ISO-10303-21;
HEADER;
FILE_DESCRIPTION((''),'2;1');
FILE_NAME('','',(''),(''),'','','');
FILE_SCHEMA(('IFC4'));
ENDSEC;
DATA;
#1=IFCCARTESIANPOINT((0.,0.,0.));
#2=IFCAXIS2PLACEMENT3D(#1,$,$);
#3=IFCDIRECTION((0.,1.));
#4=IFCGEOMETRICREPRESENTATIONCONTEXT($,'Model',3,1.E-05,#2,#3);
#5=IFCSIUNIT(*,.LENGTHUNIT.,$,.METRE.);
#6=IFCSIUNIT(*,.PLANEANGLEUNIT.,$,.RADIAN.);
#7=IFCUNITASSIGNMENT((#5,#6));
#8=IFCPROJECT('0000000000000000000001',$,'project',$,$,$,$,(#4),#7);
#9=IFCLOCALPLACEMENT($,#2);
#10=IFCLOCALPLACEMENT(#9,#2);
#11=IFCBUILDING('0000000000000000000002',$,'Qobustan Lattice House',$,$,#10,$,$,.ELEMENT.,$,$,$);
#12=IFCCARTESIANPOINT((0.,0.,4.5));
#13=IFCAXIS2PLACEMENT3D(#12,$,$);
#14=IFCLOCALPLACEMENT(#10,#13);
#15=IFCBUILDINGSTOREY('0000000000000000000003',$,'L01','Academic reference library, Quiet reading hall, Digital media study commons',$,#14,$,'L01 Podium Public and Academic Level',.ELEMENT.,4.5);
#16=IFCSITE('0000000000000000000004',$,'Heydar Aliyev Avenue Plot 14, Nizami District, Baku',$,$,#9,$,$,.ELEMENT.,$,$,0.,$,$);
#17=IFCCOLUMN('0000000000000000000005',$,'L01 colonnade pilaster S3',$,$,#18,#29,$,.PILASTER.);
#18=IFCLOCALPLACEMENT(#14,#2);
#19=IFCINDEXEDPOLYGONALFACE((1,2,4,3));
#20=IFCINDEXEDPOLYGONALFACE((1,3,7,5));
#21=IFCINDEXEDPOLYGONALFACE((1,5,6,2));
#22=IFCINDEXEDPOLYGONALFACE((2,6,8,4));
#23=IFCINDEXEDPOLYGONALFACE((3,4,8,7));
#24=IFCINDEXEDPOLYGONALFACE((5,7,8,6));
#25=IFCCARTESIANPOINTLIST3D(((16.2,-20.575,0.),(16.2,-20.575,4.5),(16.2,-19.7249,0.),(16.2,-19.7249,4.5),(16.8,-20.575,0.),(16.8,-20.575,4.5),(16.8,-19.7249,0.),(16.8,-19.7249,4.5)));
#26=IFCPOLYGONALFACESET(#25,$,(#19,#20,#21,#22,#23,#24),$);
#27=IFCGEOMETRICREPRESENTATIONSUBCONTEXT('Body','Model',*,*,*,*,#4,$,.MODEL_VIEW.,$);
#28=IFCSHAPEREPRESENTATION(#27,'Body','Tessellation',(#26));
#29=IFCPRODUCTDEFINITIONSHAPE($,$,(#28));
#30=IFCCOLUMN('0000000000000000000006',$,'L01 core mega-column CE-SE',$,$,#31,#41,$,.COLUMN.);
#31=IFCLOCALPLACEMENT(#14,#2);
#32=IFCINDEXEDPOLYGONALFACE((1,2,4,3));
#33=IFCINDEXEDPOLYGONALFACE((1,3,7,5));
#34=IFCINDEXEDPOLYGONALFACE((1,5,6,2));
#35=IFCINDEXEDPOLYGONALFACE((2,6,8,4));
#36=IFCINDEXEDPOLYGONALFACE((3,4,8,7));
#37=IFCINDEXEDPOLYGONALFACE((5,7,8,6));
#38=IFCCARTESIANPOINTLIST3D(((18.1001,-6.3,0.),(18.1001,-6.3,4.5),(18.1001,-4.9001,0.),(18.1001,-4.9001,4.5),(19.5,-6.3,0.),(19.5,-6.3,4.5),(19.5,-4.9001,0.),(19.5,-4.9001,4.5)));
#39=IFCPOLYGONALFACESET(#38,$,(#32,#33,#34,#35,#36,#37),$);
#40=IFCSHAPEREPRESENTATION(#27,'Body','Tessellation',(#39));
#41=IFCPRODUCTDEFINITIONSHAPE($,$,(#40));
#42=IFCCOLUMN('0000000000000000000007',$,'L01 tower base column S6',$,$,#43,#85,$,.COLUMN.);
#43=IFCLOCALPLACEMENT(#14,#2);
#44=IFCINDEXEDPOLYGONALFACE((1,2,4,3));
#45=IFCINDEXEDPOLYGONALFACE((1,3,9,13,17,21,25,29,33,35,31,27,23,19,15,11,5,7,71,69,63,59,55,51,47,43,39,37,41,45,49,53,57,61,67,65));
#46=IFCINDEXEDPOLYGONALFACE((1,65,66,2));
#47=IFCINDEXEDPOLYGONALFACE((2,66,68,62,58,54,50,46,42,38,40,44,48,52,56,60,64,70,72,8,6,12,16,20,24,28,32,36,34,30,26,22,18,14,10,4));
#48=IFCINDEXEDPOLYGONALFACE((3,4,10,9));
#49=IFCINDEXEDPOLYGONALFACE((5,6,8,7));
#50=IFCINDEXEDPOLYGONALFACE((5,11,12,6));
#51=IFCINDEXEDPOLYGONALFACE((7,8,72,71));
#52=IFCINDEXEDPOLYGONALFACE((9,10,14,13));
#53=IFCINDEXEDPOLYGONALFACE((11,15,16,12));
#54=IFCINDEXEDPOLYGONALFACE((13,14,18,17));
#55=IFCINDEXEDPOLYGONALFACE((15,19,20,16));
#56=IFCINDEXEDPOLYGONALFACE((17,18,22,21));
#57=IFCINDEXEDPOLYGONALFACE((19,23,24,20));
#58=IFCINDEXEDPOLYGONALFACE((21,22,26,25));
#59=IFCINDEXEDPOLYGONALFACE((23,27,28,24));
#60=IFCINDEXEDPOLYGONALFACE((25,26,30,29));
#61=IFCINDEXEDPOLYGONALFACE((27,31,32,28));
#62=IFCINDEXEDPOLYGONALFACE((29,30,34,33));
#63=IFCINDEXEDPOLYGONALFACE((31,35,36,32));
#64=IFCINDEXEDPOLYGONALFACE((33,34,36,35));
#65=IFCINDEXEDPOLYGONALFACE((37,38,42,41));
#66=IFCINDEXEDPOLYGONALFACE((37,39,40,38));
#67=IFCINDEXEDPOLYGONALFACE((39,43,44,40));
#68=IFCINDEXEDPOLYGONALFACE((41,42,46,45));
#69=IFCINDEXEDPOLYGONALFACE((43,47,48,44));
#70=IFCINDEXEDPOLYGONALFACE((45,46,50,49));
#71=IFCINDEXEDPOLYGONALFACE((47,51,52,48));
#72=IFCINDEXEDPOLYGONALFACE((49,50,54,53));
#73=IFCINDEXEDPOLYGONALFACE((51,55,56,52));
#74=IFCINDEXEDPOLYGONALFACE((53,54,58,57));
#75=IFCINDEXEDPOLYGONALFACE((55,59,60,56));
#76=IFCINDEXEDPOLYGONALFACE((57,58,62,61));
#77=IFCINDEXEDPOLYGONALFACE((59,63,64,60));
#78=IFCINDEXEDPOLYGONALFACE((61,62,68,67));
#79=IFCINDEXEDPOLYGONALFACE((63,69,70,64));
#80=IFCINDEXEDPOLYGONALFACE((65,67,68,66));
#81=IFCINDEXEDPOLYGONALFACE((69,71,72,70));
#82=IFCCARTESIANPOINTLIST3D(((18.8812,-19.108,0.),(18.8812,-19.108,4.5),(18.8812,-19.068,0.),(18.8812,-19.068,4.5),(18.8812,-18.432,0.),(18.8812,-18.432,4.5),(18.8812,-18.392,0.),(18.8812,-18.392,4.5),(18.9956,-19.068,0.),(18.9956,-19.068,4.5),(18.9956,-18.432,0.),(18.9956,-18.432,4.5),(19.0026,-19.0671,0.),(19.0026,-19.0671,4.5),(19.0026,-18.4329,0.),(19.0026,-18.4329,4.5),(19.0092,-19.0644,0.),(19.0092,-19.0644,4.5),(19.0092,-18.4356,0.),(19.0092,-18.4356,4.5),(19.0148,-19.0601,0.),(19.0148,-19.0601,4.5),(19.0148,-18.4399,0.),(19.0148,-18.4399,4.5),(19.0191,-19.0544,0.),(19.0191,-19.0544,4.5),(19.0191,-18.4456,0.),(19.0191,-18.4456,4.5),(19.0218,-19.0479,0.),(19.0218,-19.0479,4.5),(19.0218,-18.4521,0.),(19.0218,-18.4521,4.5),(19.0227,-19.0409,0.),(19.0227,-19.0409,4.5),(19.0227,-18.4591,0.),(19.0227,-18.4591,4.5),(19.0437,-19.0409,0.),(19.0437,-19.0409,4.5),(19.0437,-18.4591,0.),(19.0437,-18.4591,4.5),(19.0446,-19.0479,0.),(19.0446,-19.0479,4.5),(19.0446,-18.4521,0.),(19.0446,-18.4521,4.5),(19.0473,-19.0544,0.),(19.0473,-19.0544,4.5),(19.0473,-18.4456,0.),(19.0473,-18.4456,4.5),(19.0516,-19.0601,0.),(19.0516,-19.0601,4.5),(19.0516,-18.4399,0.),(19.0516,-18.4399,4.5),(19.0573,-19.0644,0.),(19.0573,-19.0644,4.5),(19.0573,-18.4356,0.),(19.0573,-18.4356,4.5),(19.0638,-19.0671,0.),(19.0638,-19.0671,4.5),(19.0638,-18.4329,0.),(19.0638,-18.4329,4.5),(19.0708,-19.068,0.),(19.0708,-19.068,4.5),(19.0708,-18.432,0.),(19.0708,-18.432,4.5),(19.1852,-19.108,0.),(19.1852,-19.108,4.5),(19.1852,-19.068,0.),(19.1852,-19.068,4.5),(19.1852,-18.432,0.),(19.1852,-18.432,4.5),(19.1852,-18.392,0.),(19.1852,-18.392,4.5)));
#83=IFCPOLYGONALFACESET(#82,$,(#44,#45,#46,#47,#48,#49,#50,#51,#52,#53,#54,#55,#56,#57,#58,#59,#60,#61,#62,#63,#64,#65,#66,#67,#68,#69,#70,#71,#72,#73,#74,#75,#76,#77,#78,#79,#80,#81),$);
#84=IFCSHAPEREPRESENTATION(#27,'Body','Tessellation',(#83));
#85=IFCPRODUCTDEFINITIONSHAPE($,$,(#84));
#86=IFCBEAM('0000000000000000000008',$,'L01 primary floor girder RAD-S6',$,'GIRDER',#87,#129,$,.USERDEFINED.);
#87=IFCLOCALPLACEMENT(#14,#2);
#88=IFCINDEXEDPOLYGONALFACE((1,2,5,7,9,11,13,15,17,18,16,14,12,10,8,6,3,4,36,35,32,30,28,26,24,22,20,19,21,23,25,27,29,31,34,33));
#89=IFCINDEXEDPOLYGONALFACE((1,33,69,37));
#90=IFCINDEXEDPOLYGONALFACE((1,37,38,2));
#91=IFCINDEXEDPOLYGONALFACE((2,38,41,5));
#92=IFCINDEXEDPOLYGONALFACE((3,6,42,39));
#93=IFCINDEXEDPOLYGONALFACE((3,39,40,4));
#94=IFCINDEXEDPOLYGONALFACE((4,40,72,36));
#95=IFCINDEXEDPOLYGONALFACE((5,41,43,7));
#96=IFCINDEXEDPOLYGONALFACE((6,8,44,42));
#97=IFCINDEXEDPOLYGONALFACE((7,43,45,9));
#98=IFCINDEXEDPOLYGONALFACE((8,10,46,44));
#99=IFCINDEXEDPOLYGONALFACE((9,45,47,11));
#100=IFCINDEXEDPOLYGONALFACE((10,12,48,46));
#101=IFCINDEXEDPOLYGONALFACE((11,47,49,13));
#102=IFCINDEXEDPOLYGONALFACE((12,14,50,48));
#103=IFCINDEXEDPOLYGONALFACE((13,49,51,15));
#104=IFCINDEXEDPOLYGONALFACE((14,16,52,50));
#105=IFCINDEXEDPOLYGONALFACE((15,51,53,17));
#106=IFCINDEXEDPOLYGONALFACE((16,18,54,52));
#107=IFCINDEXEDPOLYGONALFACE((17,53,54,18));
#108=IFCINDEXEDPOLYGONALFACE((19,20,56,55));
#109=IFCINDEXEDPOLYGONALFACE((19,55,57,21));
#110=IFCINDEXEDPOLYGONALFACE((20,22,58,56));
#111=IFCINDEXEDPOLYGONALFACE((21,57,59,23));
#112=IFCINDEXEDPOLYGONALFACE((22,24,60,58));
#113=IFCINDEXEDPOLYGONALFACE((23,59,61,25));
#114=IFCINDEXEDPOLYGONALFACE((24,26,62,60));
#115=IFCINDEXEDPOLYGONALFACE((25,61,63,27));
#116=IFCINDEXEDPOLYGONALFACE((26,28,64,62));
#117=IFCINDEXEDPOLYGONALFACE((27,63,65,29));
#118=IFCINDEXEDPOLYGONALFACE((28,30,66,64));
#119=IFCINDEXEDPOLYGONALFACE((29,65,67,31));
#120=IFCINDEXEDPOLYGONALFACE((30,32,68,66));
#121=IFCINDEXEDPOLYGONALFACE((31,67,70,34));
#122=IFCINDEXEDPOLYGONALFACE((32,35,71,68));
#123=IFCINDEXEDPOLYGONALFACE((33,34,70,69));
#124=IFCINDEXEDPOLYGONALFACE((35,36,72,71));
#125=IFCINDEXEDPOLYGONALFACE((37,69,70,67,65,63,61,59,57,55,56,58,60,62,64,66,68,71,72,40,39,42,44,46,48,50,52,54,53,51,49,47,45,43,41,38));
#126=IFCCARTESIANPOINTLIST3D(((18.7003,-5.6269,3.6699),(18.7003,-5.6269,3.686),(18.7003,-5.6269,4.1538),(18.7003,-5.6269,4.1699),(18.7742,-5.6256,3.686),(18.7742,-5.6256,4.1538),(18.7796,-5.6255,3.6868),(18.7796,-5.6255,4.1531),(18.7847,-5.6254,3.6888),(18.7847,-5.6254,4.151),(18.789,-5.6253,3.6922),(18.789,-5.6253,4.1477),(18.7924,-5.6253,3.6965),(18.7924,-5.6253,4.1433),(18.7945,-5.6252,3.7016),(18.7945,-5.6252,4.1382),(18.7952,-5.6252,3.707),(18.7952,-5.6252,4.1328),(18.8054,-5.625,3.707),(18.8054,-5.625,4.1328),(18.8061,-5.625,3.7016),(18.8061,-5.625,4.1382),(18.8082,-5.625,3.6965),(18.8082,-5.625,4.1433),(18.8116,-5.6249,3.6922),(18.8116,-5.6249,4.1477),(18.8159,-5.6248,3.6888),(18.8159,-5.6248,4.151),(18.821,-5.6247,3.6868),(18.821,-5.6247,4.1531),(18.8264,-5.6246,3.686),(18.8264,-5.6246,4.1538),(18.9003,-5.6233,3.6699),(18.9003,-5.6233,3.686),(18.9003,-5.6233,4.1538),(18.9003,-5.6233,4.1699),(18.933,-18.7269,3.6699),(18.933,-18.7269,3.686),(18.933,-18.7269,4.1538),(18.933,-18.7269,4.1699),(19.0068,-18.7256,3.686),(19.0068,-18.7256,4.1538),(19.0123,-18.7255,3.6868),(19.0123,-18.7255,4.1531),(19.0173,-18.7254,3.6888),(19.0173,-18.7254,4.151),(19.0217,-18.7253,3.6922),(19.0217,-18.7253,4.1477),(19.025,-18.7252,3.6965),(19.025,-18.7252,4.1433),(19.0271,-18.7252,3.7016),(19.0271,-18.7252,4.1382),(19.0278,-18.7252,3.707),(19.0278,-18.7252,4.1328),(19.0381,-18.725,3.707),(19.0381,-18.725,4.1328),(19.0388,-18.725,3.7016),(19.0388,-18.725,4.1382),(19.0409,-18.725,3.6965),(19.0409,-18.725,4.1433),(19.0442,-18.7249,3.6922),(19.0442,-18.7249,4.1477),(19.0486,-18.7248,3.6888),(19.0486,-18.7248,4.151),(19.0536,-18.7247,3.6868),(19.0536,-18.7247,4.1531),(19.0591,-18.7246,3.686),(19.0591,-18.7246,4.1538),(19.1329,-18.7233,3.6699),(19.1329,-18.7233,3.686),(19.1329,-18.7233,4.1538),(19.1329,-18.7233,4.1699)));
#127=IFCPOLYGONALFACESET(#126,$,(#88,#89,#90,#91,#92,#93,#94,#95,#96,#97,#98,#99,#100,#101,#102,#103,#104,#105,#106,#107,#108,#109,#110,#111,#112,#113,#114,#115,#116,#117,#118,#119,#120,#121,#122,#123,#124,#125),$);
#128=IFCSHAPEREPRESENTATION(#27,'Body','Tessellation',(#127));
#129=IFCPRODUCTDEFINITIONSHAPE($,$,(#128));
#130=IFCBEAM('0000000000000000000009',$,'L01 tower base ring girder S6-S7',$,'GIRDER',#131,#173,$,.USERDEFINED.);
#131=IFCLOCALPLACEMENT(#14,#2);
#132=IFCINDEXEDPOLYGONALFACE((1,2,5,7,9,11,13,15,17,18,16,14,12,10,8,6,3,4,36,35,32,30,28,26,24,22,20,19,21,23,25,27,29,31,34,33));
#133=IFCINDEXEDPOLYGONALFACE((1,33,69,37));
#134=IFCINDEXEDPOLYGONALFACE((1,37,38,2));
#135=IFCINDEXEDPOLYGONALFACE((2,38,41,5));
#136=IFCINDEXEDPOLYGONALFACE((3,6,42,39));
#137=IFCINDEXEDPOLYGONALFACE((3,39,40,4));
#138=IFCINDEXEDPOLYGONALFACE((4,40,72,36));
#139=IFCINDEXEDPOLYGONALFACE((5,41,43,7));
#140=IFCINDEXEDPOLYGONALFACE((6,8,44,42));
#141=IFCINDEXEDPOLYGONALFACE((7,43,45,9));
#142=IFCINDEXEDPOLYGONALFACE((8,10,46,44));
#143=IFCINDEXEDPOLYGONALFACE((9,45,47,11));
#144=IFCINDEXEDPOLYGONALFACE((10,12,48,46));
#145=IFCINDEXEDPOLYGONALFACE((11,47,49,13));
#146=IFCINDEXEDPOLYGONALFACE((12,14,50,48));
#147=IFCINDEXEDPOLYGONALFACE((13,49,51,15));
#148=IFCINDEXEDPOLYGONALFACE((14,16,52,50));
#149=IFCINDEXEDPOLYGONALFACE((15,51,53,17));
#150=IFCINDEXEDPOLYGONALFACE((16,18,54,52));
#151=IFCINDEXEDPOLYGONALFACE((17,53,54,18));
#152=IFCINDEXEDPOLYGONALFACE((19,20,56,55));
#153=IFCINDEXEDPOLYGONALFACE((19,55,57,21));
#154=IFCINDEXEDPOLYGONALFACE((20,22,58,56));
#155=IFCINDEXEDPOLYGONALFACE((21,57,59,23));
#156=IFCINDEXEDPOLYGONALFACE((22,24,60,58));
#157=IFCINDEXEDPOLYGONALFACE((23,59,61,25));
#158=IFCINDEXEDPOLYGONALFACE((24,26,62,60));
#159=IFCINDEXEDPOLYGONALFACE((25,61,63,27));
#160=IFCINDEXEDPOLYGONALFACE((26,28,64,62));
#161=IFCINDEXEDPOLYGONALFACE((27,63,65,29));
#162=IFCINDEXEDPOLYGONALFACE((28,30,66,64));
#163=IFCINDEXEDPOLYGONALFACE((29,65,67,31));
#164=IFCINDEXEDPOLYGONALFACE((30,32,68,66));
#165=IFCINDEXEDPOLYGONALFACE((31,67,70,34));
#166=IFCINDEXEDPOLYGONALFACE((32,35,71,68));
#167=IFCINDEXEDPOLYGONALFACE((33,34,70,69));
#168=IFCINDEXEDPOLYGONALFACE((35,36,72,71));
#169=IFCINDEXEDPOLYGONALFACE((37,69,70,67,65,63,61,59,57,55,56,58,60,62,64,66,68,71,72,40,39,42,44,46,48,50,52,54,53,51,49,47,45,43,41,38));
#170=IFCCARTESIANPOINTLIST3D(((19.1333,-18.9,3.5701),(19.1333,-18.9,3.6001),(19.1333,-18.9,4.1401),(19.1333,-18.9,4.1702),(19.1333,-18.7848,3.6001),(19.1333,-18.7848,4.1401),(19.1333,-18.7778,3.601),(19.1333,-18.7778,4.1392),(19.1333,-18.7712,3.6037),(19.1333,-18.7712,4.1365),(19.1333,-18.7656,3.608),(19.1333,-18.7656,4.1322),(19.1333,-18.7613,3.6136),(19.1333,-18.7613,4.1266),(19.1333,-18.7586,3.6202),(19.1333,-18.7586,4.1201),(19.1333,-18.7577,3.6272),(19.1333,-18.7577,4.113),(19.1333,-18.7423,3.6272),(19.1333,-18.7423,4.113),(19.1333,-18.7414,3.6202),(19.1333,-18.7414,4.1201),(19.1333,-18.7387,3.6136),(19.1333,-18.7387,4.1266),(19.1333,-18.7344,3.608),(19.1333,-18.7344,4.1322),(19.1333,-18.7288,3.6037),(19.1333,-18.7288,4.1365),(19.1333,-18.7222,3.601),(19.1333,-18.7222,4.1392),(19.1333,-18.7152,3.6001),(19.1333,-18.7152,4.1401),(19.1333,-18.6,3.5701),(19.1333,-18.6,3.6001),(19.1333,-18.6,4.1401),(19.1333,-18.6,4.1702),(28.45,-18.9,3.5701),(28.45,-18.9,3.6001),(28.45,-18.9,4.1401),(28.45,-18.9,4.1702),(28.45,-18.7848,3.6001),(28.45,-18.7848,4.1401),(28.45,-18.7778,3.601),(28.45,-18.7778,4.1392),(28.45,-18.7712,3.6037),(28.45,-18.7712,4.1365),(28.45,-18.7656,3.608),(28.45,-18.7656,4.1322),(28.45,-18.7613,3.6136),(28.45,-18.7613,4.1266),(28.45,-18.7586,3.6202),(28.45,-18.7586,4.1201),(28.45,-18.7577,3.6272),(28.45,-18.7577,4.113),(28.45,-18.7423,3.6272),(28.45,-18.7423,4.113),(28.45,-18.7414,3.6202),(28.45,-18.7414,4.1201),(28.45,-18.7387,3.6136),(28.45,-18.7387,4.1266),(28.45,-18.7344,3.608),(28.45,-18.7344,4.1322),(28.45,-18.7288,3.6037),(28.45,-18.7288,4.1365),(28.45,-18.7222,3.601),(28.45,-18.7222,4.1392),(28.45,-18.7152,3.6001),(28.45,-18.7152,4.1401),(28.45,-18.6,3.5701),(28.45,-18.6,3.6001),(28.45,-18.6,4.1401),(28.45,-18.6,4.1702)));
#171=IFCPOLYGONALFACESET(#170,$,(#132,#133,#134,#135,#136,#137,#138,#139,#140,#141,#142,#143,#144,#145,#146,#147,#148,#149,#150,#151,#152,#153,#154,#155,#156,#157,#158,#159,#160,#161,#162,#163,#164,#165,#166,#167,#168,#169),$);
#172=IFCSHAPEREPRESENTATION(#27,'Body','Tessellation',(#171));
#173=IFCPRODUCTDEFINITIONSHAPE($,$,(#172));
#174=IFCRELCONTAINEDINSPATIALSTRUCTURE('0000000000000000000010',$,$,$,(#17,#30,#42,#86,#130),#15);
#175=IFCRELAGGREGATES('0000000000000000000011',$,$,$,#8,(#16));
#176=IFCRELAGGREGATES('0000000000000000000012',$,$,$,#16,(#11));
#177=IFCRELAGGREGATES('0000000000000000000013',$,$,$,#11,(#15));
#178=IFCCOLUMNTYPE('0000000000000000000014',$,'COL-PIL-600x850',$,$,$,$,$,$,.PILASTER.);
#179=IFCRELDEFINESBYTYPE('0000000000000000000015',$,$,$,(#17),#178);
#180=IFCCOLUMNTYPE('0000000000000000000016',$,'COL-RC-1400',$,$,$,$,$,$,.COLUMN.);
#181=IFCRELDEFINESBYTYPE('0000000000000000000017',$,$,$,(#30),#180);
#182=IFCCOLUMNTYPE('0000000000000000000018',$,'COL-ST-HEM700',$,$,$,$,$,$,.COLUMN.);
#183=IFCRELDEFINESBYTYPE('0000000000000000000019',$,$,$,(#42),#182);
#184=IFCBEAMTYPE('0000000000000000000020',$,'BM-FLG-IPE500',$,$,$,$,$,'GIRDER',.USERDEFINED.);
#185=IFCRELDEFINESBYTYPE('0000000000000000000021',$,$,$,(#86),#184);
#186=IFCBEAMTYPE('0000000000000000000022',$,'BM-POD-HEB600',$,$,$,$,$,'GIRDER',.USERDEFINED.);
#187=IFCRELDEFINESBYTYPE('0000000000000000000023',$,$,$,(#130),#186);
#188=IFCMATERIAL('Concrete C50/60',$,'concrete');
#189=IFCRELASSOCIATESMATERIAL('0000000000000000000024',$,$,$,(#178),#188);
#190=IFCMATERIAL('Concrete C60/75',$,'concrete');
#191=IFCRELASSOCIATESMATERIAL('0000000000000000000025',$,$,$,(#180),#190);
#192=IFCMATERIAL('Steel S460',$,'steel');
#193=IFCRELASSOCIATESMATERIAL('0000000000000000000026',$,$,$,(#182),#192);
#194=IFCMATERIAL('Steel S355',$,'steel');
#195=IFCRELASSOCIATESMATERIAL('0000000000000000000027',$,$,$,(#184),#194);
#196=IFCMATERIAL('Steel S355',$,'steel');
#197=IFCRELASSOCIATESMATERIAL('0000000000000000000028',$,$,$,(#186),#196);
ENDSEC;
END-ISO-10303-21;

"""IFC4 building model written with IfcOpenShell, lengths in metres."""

from ifc_helpers import new_model, si_unit, direction, frame, origin, origin_2d, place, context, subcontext, project, spatial, rectangle, i_section, extrude, material, material_profile, profile_set, type_object, element, save


model = new_model("IFC4")

# Units and contexts
model_context = context("Model", 3, precision=1e-05, world=origin(), true_north=direction((0.0, 1.0)))
body_context = subcontext(model_context, "Body", "Model", "MODEL_VIEW")
ifc_project = project(units=[si_unit("LENGTHUNIT", "METRE"), si_unit("PLANEANGLEUNIT", "RADIAN")], contexts=[model_context])

# Site, building, storey
site_placement = place(None, origin())
site = spatial("IfcSite", under=ifc_project, at=site_placement, Name="Heydar Aliyev Avenue Plot 14, Nizami District, Baku", CompositionType="ELEMENT", RefElevation=0.0)
building_placement = place(site_placement, origin())
building = spatial("IfcBuilding", under=site, at=building_placement, Name="Qobustan Lattice House", CompositionType="ELEMENT")
storey_placement = place(building_placement, frame((0.0, 0.0, 4.5)))
storey = spatial("IfcBuildingStorey", under=building, at=storey_placement, Name="L01", Description="Academic reference library, Quiet reading hall, Digital media study commons", LongName="L01 Podium Public and Academic Level", CompositionType="ELEMENT", Elevation=4.5)

# Columns
ifc_material_1 = material(Name="Concrete C50/60", Category="concrete")
ifc_material_profile_1 = material_profile(ifc_material_1, rectangle(XDim=0.6001, YDim=0.8501, at=origin_2d()), Name="RC600x850")
ifc_profile_set_1 = profile_set([ifc_material_profile_1], Name="Concrete C50/60")
column_type_1 = type_object("IfcColumnType", Name="COL-PIL-600x850", PredefinedType="PILASTER", material=ifc_profile_set_1)
column_1_placement = place(storey_placement, frame((16.5, -20.1499, 0.0), z_axis=(0.0, 0.0, 1.0), x_axis=(1.0, 0.0, 0.0)))
element("IfcColumn", 1, at=column_1_placement, inside=storey, type_object=column_type_1, Name="L01 colonnade pilaster S3", PredefinedType="PILASTER", context=body_context, shape_type="SweptSolid", body=[
    extrude(rectangle(XDim=0.6001, YDim=0.8501, at=origin_2d()), origin(), (0.0, 0.0, 1.0), 4.5),
])
ifc_material_2 = material(Name="Concrete C60/75", Category="concrete")
ifc_material_profile_2 = material_profile(ifc_material_2, rectangle(XDim=1.3999, YDim=1.3999, at=origin_2d()), Name="RC1400x1400")
ifc_profile_set_2 = profile_set([ifc_material_profile_2], Name="Concrete C60/75")
column_type_2 = type_object("IfcColumnType", Name="COL-RC-1400", PredefinedType="COLUMN", material=ifc_profile_set_2)
column_2_placement = place(storey_placement, frame((18.8, -5.6001, 0.0), z_axis=(0.0, 0.0, 1.0), x_axis=(1.0, 0.0, 0.0)))
element("IfcColumn", 2, at=column_2_placement, inside=storey, type_object=column_type_2, Name="L01 core mega-column CE-SE", PredefinedType="COLUMN", context=body_context, shape_type="SweptSolid", body=[
    extrude(rectangle(XDim=1.3999, YDim=1.3999, at=origin_2d()), origin(), (0.0, 0.0, 1.0), 4.5),
])
ifc_material_3 = material(Name="Steel S460", Category="steel")
ifc_material_profile_3 = material_profile(ifc_material_3, i_section(OverallWidth=0.304, OverallDepth=0.7161, WebThickness=0.021, FlangeThickness=0.04, FilletRadius=0.0271, at=origin_2d()), Name="HEM700")
ifc_profile_set_3 = profile_set([ifc_material_profile_3], Name="Steel S460")
column_type_3 = type_object("IfcColumnType", Name="COL-ST-HEM700", PredefinedType="COLUMN", material=ifc_profile_set_3)
column_3_placement = place(storey_placement, frame((19.0332, -18.75, 0.0), z_axis=(0.0, 0.0, 1.0), x_axis=(1.0, 0.0, 0.0)))
element("IfcColumn", 3, at=column_3_placement, inside=storey, type_object=column_type_3, Name="L01 tower base column S6", PredefinedType="COLUMN", context=body_context, shape_type="SweptSolid", body=[
    extrude(i_section(OverallWidth=0.304, OverallDepth=0.7161, WebThickness=0.021, FlangeThickness=0.04, FilletRadius=0.0271, at=origin_2d()), origin(), (0.0, 0.0, 1.0), 4.5),
])

# Beams
ifc_material_4 = material(Name="Steel S355", Category="steel")
ifc_material_profile_4 = material_profile(ifc_material_4, i_section(OverallWidth=0.2, OverallDepth=0.5, WebThickness=0.0103, FlangeThickness=0.0161, FilletRadius=0.021, at=origin_2d()), Name="IPE500")
ifc_profile_set_4 = profile_set([ifc_material_profile_4], Name="Steel S355")
beam_type_1 = type_object("IfcBeamType", Name="BM-FLG-IPE500", ElementType="GIRDER", PredefinedType="USERDEFINED", material=ifc_profile_set_4)
beam_1_placement = place(storey_placement, frame((19.033, -18.7251, 3.9199), z_axis=(-0.017758, 0.999842, 0.0), x_axis=(-0.999842, -0.017758, 0.0)))
element("IfcBeam", 4, at=beam_1_placement, inside=storey, type_object=beam_type_1, Name="L01 primary floor girder RAD-S6", ObjectType="GIRDER", PredefinedType="USERDEFINED", context=body_context, shape_type="SweptSolid", body=[
    extrude(i_section(OverallWidth=0.2, OverallDepth=0.5, WebThickness=0.0103, FlangeThickness=0.0161, FilletRadius=0.021, at=origin_2d()), origin(), (0.0, 0.0, 1.0), 13.1021),
])
ifc_material_5 = material(Name="Steel S355", Category="steel")
ifc_material_profile_5 = material_profile(ifc_material_5, i_section(OverallWidth=0.3, OverallDepth=0.6001, WebThickness=0.0154, FlangeThickness=0.03, FilletRadius=0.0271, at=origin_2d()), Name="HEB600")
ifc_profile_set_5 = profile_set([ifc_material_profile_5], Name="Steel S355")
beam_type_2 = type_object("IfcBeamType", Name="BM-POD-HEB600", ElementType="GIRDER", PredefinedType="USERDEFINED", material=ifc_profile_set_5)
beam_2_placement = place(storey_placement, frame((19.1333, -18.75, 3.8701), z_axis=(1.0, 0.0, 0.0), x_axis=(0.0, 1.0, 0.0)))
element("IfcBeam", 5, at=beam_2_placement, inside=storey, type_object=beam_type_2, Name="L01 tower base ring girder S6-S7", ObjectType="GIRDER", PredefinedType="USERDEFINED", context=body_context, shape_type="SweptSolid", body=[
    extrude(i_section(OverallWidth=0.3, OverallDepth=0.6001, WebThickness=0.0154, FlangeThickness=0.03, FilletRadius=0.0271, at=origin_2d()), origin(), (0.0, 0.0, 1.0), 9.3167),
])

save(model, "model.ifc")
